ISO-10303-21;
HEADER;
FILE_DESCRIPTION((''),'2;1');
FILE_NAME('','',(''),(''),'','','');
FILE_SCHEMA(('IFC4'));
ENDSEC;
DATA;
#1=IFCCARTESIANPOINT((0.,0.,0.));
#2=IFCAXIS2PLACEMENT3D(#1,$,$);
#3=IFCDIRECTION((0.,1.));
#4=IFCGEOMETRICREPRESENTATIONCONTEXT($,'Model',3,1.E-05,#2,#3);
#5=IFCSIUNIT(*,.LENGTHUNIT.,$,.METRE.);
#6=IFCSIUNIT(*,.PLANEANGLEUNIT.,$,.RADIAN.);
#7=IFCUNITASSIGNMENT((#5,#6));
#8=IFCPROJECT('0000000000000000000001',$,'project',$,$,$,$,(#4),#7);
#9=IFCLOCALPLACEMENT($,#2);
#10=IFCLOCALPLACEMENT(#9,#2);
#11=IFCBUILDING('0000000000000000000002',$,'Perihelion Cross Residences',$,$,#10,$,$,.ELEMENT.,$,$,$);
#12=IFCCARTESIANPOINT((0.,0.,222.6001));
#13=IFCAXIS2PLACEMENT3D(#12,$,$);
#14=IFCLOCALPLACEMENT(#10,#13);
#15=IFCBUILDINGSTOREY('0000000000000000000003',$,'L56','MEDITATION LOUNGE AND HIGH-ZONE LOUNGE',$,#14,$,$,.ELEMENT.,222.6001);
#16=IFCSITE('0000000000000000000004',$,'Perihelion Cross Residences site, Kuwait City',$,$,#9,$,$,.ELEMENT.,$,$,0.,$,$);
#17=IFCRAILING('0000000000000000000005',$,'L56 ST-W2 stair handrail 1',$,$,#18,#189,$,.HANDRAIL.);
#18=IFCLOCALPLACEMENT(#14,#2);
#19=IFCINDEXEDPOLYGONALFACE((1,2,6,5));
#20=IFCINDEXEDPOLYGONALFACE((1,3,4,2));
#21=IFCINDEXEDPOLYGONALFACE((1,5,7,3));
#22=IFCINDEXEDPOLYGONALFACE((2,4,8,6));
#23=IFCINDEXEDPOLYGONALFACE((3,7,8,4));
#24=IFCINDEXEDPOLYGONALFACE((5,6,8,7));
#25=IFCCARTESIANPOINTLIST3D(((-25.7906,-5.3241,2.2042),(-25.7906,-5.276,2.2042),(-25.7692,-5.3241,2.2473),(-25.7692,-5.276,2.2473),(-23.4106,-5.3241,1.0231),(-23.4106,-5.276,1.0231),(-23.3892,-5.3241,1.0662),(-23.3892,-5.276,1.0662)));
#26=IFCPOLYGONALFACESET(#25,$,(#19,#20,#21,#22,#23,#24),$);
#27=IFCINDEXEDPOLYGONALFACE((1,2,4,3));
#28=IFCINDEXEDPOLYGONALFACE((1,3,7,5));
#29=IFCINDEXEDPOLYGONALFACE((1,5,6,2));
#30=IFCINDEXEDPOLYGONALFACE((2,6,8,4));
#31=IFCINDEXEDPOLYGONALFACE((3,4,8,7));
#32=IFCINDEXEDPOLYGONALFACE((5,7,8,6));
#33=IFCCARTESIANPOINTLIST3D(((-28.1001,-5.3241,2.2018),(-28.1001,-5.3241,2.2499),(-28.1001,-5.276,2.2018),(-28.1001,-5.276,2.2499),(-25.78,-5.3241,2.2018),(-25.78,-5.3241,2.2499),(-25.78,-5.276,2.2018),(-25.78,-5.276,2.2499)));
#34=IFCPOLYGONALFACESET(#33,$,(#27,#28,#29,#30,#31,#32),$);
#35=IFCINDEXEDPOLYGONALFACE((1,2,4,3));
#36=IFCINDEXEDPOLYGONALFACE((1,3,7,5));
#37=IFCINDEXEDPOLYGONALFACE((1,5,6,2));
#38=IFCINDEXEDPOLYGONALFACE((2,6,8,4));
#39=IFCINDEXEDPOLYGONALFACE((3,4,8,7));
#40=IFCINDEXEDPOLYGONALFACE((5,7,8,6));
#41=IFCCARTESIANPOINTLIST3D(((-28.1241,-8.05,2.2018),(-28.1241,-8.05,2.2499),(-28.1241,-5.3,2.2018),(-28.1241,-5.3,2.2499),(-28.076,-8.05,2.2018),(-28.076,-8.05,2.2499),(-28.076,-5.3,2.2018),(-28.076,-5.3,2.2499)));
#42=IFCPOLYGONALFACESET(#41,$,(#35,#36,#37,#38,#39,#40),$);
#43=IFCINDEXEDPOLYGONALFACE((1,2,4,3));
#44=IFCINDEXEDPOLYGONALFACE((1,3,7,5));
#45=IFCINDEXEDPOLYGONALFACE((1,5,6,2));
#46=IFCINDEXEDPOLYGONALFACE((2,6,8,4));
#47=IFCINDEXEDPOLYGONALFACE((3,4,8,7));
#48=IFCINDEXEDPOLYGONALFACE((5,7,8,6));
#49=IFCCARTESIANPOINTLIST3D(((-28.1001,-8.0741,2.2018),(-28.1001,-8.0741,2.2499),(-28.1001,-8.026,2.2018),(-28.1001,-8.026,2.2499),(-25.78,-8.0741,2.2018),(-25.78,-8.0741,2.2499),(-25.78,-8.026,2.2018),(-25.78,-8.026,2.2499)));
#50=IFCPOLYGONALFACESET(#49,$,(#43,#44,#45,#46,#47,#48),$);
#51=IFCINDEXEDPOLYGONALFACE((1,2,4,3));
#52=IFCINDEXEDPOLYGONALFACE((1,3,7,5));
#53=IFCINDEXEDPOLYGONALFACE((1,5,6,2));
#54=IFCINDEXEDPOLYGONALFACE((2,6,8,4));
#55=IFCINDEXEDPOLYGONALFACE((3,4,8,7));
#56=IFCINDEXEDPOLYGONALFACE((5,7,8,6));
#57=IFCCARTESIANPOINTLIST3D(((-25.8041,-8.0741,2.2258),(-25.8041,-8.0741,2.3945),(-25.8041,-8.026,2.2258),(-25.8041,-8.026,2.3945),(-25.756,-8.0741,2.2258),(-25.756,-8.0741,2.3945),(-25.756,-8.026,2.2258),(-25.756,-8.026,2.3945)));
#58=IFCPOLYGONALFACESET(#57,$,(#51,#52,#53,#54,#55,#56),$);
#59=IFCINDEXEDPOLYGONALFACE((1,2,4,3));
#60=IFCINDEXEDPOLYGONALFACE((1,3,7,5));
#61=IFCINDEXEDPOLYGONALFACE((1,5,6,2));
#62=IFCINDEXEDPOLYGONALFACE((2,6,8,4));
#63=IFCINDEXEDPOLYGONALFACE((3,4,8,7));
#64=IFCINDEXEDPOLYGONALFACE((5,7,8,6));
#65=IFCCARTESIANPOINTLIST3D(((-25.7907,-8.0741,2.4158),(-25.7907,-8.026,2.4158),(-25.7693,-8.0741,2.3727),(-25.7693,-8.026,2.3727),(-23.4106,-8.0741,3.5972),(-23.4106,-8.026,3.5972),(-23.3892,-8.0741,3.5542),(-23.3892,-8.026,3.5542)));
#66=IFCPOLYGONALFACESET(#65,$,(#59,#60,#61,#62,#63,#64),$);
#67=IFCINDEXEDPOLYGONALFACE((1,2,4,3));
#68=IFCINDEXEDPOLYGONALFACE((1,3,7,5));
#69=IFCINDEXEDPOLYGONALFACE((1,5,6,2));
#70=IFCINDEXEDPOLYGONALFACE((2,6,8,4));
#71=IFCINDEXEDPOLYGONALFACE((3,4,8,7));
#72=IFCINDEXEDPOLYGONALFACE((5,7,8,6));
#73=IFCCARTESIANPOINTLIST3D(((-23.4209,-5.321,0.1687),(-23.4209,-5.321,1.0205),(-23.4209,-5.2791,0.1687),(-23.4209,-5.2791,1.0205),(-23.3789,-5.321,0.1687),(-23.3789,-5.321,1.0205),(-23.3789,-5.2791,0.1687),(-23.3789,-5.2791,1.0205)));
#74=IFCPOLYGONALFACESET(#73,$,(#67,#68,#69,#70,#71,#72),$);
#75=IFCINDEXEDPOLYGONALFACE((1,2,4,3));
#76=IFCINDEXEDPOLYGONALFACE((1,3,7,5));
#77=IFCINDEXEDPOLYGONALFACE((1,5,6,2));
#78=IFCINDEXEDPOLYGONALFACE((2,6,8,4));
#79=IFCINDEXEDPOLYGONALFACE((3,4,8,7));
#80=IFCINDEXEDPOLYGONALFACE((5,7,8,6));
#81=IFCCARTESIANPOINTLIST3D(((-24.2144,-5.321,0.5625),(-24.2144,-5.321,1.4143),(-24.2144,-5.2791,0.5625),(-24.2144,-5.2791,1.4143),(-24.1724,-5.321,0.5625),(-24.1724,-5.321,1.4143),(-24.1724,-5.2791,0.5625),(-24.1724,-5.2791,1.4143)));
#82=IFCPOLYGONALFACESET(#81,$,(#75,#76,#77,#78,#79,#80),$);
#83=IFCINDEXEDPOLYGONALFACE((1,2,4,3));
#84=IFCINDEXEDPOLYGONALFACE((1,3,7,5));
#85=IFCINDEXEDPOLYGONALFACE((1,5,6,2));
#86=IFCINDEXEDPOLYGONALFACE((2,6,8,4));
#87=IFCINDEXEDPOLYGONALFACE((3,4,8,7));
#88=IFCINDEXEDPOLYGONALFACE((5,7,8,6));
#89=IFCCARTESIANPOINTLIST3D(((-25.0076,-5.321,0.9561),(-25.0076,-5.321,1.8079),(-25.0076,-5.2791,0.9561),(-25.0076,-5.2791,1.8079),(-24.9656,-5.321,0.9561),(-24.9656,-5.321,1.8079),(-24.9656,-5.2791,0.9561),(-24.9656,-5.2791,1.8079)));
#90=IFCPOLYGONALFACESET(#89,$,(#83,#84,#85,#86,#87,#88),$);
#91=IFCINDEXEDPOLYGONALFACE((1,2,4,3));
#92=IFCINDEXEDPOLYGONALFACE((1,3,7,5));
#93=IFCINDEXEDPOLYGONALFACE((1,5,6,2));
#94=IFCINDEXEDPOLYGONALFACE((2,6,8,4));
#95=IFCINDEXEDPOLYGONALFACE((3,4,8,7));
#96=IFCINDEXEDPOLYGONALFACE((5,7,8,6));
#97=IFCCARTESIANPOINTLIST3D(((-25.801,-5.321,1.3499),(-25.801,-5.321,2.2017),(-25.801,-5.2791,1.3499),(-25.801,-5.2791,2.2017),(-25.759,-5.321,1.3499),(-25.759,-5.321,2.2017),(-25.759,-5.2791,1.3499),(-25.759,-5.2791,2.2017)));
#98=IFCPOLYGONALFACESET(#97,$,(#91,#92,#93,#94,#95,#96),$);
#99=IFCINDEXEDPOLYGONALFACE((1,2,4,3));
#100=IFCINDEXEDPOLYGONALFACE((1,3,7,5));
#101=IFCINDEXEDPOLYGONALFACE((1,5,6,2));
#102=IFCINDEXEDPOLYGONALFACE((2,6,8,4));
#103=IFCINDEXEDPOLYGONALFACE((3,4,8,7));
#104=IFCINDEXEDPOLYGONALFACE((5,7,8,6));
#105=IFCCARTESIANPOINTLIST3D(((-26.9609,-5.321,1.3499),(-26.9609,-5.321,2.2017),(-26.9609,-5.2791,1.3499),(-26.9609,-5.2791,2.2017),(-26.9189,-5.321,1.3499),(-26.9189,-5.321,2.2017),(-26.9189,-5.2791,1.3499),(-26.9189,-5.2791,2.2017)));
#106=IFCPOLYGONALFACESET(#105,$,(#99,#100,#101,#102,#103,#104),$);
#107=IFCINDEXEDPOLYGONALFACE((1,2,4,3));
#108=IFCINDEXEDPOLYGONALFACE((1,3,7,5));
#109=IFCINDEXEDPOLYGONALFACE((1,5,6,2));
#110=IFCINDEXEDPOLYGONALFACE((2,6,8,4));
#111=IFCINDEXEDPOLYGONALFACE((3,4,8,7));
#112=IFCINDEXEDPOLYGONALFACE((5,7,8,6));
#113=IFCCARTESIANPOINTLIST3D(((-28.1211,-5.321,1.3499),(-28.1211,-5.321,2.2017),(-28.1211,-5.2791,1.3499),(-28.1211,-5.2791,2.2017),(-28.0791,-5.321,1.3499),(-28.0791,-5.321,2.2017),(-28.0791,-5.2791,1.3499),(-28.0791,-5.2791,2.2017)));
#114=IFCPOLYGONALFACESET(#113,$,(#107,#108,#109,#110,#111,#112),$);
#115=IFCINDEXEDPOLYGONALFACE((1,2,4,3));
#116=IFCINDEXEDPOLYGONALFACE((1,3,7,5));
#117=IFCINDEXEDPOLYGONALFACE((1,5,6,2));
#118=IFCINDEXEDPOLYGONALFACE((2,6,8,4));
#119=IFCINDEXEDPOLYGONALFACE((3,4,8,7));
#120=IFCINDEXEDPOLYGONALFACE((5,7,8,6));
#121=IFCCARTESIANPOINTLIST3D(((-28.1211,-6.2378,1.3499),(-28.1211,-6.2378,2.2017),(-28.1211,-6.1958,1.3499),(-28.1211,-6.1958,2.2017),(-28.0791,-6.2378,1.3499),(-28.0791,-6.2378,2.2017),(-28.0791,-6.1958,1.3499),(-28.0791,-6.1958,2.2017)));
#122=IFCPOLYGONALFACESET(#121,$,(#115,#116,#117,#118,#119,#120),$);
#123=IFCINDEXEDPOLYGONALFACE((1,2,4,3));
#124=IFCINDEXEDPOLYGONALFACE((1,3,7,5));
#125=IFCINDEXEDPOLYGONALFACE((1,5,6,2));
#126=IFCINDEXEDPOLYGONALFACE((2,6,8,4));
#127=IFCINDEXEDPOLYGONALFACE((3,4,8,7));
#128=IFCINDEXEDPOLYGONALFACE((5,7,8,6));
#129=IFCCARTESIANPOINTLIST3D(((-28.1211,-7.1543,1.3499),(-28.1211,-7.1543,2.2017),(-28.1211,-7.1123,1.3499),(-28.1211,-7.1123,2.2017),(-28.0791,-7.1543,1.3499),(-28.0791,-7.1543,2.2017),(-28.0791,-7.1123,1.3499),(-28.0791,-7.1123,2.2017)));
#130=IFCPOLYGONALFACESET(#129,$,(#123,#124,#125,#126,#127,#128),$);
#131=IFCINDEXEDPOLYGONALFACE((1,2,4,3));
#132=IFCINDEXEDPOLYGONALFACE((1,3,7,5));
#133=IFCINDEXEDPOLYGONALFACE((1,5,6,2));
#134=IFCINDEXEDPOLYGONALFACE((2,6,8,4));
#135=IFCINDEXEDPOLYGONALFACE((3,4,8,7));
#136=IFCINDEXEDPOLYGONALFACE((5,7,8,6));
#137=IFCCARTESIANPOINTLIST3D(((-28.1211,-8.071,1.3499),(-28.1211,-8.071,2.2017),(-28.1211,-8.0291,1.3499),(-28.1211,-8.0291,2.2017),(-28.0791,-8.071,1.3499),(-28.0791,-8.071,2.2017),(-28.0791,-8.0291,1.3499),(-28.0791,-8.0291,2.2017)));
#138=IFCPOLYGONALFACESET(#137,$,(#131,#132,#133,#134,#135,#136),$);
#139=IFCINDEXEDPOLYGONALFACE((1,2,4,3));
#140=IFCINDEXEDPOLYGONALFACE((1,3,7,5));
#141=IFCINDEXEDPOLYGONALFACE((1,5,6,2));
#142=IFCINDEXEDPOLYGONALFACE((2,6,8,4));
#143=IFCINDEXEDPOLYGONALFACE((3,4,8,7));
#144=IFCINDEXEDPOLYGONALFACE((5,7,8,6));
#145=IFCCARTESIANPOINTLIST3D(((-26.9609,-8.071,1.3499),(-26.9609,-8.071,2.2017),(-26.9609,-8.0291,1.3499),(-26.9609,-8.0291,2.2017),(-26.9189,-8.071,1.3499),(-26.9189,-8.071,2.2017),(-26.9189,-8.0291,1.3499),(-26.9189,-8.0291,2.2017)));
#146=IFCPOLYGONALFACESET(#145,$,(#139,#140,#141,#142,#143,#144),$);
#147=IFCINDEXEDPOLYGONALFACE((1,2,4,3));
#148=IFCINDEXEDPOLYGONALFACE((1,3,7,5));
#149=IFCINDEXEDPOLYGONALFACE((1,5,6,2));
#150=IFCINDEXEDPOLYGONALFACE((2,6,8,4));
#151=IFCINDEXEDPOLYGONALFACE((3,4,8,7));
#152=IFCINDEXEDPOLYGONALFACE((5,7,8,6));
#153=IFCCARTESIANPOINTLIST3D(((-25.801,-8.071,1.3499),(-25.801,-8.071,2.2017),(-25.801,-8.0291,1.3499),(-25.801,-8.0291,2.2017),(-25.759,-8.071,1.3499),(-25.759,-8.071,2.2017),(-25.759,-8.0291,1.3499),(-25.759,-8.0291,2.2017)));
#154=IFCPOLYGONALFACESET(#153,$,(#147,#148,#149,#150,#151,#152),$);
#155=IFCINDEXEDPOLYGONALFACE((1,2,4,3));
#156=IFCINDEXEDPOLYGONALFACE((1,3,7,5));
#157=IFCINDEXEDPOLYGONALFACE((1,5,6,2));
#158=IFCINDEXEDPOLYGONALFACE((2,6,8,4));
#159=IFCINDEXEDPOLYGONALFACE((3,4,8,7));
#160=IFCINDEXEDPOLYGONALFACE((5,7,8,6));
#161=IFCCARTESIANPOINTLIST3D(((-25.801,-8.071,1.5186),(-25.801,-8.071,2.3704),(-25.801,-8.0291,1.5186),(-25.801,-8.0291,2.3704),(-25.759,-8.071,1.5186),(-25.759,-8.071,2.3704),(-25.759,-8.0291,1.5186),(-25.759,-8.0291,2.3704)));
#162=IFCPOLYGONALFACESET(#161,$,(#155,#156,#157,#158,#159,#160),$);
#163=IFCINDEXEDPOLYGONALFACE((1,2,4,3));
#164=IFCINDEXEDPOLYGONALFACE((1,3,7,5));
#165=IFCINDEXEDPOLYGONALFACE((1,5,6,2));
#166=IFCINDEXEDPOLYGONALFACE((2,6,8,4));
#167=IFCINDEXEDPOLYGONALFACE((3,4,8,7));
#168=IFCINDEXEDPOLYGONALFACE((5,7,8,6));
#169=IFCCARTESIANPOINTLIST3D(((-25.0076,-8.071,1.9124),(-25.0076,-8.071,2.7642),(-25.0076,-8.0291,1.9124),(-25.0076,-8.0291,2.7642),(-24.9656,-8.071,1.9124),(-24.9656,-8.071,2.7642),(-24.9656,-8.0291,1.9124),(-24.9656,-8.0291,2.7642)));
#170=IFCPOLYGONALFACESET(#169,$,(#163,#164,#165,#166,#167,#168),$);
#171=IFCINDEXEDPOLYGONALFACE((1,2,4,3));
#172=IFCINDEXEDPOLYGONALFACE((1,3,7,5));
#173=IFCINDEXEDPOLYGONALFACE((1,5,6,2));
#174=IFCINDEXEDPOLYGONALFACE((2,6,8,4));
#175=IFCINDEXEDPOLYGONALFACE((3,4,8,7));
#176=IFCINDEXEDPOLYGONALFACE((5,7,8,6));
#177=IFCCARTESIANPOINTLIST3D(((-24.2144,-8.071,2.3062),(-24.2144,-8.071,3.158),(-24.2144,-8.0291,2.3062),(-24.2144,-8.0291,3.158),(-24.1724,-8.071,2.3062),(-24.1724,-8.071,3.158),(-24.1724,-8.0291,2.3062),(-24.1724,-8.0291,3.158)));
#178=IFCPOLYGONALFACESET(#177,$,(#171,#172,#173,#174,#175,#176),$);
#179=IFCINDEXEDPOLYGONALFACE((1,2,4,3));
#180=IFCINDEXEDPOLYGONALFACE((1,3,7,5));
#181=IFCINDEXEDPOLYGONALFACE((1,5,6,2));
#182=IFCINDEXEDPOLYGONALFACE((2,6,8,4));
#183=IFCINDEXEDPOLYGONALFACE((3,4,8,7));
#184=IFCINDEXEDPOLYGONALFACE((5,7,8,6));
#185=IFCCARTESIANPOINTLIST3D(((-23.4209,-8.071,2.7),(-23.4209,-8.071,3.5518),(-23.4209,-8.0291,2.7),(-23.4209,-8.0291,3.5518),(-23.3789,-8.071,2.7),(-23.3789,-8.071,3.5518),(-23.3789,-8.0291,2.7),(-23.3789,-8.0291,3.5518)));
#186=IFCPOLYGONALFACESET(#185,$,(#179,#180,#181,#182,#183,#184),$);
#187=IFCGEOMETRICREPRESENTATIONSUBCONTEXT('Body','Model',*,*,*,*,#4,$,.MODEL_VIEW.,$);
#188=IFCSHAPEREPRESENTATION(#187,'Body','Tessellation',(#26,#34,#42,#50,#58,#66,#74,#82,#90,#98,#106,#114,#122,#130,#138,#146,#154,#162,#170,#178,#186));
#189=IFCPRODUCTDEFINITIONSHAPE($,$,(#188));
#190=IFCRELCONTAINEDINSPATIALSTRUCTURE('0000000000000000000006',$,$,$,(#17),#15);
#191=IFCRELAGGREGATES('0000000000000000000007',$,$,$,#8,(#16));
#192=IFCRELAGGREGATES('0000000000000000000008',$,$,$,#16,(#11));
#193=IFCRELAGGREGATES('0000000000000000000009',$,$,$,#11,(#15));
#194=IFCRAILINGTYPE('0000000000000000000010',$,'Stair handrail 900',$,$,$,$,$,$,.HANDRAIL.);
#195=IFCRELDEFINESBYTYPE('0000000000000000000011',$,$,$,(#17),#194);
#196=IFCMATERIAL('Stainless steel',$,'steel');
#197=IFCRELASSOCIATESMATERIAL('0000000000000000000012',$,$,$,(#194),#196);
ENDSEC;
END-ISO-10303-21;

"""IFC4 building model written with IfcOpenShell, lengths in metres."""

from ifc_helpers import new_model, si_unit, direction, frame, origin, origin_2d, place, context, subcontext, project, spatial, rectangle, extrude, material, type_object, element, save


model = new_model("IFC4")

# Units and contexts
model_context = context("Model", 3, precision=1e-05, world=origin(), true_north=direction((0.0, 1.0)))
body_context = subcontext(model_context, "Body", "Model", "MODEL_VIEW")
ifc_project = project(units=[si_unit("LENGTHUNIT", "METRE"), si_unit("PLANEANGLEUNIT", "RADIAN")], contexts=[model_context])

# Site, building, storey
site_placement = place(None, origin())
site = spatial("IfcSite", under=ifc_project, at=site_placement, Name="Perihelion Cross Residences site, Kuwait City", CompositionType="ELEMENT", RefElevation=0.0)
building_placement = place(site_placement, origin())
building = spatial("IfcBuilding", under=site, at=building_placement, Name="Perihelion Cross Residences", CompositionType="ELEMENT")
storey_placement = place(building_placement, frame((0.0, 0.0, 222.6001)))
storey = spatial("IfcBuildingStorey", under=building, at=storey_placement, Name="L56", Description="MEDITATION LOUNGE AND HIGH-ZONE LOUNGE", CompositionType="ELEMENT", Elevation=222.6001)

# Railing
ifc_material_1 = material(Name="Stainless steel", Category="steel")
railing_type_1 = type_object("IfcRailingType", Name="Stair handrail 900", PredefinedType="HANDRAIL", material=ifc_material_1)
railing_1_placement = place(storey_placement, frame((-23.3999, -5.3, 0.1687)))
element("IfcRailing", 1, at=railing_1_placement, inside=storey, type_object=railing_type_1, Name="L56 ST-W2 stair handrail 1", PredefinedType="HANDRAIL", context=body_context, shape_type="SweptSolid", body=[
    extrude(rectangle(XDim=0.0481, YDim=0.0481, at=origin_2d()), frame((0.0, 0.0, 0.876), z_axis=(-0.895765, 0.0, 0.444529), x_axis=(0.0, -1.0, 0.0)), (0.0, 0.0, 1.0), 2.657),
    extrude(rectangle(XDim=0.0481, YDim=0.0481, at=origin_2d()), frame((-2.3801, 0.0, 2.0571), z_axis=(-1.0, 0.0, 0.0), x_axis=(0.0, -1.0, 0.0)), (0.0, 0.0, 1.0), 2.3201),
    extrude(rectangle(XDim=0.0481, YDim=0.0481, at=origin_2d()), frame((-4.7002, 0.0, 2.0571), z_axis=(0.0, -1.0, 0.0), x_axis=(1.0, 0.0, 0.0)), (0.0, 0.0, 1.0), 2.75),
    extrude(rectangle(XDim=0.0481, YDim=0.0481, at=origin_2d()), frame((-4.7002, -2.75, 2.0571), z_axis=(1.0, 0.0, 0.0), x_axis=(0.0, 1.0, 0.0)), (0.0, 0.0, 1.0), 2.3201),
    extrude(rectangle(XDim=0.0481, YDim=0.0481, at=origin_2d()), frame((-2.3801, -2.75, 2.0571), z_axis=(0.0, 0.0, 1.0), x_axis=(1.0, 0.0, 0.0)), (0.0, 0.0, 1.0), 0.1687),
    extrude(rectangle(XDim=0.0481, YDim=0.0481, at=origin_2d()), frame((-2.3801, -2.75, 2.2256), z_axis=(0.895728, 0.0, 0.444602), x_axis=(0.0, 1.0, 0.0)), (0.0, 0.0, 1.0), 2.6572),
    extrude(rectangle(XDim=0.042, YDim=0.042, at=origin_2d()), origin(), (0.0, 0.0, 1.0), 0.8518),
    extrude(rectangle(XDim=0.042, YDim=0.042, at=origin_2d()), frame((-0.7935, 0.0, 0.3938)), (0.0, 0.0, 1.0), 0.8518),
    extrude(rectangle(XDim=0.042, YDim=0.042, at=origin_2d()), frame((-1.5867, 0.0, 0.7874)), (0.0, 0.0, 1.0), 0.8518),
    extrude(rectangle(XDim=0.042, YDim=0.042, at=origin_2d()), frame((-2.3801, 0.0, 1.1812)), (0.0, 0.0, 1.0), 0.8518),
    extrude(rectangle(XDim=0.042, YDim=0.042, at=origin_2d()), frame((-3.54, 0.0, 1.1812)), (0.0, 0.0, 1.0), 0.8518),
    extrude(rectangle(XDim=0.042, YDim=0.042, at=origin_2d()), frame((-4.7002, 0.0, 1.1812)), (0.0, 0.0, 1.0), 0.8518),
    extrude(rectangle(XDim=0.042, YDim=0.042, at=origin_2d()), frame((-4.7002, -0.9167, 1.1812)), (0.0, 0.0, 1.0), 0.8518),
    extrude(rectangle(XDim=0.042, YDim=0.042, at=origin_2d()), frame((-4.7002, -1.8333, 1.1812)), (0.0, 0.0, 1.0), 0.8518),
    extrude(rectangle(XDim=0.042, YDim=0.042, at=origin_2d()), frame((-4.7002, -2.75, 1.1812)), (0.0, 0.0, 1.0), 0.8518),
    extrude(rectangle(XDim=0.042, YDim=0.042, at=origin_2d()), frame((-3.54, -2.75, 1.1812)), (0.0, 0.0, 1.0), 0.8518),
    extrude(rectangle(XDim=0.042, YDim=0.042, at=origin_2d()), frame((-2.3801, -2.75, 1.1812)), (0.0, 0.0, 1.0), 0.8518),
    extrude(rectangle(XDim=0.042, YDim=0.042, at=origin_2d()), frame((-2.3801, -2.75, 1.3499)), (0.0, 0.0, 1.0), 0.8518),
    extrude(rectangle(XDim=0.042, YDim=0.042, at=origin_2d()), frame((-1.5867, -2.75, 1.7437)), (0.0, 0.0, 1.0), 0.8518),
    extrude(rectangle(XDim=0.042, YDim=0.042, at=origin_2d()), frame((-0.7935, -2.75, 2.1375)), (0.0, 0.0, 1.0), 0.8518),
    extrude(rectangle(XDim=0.042, YDim=0.042, at=origin_2d()), frame((0.0, -2.75, 2.5312)), (0.0, 0.0, 1.0), 0.8518),
])

save(model, "model.ifc")
